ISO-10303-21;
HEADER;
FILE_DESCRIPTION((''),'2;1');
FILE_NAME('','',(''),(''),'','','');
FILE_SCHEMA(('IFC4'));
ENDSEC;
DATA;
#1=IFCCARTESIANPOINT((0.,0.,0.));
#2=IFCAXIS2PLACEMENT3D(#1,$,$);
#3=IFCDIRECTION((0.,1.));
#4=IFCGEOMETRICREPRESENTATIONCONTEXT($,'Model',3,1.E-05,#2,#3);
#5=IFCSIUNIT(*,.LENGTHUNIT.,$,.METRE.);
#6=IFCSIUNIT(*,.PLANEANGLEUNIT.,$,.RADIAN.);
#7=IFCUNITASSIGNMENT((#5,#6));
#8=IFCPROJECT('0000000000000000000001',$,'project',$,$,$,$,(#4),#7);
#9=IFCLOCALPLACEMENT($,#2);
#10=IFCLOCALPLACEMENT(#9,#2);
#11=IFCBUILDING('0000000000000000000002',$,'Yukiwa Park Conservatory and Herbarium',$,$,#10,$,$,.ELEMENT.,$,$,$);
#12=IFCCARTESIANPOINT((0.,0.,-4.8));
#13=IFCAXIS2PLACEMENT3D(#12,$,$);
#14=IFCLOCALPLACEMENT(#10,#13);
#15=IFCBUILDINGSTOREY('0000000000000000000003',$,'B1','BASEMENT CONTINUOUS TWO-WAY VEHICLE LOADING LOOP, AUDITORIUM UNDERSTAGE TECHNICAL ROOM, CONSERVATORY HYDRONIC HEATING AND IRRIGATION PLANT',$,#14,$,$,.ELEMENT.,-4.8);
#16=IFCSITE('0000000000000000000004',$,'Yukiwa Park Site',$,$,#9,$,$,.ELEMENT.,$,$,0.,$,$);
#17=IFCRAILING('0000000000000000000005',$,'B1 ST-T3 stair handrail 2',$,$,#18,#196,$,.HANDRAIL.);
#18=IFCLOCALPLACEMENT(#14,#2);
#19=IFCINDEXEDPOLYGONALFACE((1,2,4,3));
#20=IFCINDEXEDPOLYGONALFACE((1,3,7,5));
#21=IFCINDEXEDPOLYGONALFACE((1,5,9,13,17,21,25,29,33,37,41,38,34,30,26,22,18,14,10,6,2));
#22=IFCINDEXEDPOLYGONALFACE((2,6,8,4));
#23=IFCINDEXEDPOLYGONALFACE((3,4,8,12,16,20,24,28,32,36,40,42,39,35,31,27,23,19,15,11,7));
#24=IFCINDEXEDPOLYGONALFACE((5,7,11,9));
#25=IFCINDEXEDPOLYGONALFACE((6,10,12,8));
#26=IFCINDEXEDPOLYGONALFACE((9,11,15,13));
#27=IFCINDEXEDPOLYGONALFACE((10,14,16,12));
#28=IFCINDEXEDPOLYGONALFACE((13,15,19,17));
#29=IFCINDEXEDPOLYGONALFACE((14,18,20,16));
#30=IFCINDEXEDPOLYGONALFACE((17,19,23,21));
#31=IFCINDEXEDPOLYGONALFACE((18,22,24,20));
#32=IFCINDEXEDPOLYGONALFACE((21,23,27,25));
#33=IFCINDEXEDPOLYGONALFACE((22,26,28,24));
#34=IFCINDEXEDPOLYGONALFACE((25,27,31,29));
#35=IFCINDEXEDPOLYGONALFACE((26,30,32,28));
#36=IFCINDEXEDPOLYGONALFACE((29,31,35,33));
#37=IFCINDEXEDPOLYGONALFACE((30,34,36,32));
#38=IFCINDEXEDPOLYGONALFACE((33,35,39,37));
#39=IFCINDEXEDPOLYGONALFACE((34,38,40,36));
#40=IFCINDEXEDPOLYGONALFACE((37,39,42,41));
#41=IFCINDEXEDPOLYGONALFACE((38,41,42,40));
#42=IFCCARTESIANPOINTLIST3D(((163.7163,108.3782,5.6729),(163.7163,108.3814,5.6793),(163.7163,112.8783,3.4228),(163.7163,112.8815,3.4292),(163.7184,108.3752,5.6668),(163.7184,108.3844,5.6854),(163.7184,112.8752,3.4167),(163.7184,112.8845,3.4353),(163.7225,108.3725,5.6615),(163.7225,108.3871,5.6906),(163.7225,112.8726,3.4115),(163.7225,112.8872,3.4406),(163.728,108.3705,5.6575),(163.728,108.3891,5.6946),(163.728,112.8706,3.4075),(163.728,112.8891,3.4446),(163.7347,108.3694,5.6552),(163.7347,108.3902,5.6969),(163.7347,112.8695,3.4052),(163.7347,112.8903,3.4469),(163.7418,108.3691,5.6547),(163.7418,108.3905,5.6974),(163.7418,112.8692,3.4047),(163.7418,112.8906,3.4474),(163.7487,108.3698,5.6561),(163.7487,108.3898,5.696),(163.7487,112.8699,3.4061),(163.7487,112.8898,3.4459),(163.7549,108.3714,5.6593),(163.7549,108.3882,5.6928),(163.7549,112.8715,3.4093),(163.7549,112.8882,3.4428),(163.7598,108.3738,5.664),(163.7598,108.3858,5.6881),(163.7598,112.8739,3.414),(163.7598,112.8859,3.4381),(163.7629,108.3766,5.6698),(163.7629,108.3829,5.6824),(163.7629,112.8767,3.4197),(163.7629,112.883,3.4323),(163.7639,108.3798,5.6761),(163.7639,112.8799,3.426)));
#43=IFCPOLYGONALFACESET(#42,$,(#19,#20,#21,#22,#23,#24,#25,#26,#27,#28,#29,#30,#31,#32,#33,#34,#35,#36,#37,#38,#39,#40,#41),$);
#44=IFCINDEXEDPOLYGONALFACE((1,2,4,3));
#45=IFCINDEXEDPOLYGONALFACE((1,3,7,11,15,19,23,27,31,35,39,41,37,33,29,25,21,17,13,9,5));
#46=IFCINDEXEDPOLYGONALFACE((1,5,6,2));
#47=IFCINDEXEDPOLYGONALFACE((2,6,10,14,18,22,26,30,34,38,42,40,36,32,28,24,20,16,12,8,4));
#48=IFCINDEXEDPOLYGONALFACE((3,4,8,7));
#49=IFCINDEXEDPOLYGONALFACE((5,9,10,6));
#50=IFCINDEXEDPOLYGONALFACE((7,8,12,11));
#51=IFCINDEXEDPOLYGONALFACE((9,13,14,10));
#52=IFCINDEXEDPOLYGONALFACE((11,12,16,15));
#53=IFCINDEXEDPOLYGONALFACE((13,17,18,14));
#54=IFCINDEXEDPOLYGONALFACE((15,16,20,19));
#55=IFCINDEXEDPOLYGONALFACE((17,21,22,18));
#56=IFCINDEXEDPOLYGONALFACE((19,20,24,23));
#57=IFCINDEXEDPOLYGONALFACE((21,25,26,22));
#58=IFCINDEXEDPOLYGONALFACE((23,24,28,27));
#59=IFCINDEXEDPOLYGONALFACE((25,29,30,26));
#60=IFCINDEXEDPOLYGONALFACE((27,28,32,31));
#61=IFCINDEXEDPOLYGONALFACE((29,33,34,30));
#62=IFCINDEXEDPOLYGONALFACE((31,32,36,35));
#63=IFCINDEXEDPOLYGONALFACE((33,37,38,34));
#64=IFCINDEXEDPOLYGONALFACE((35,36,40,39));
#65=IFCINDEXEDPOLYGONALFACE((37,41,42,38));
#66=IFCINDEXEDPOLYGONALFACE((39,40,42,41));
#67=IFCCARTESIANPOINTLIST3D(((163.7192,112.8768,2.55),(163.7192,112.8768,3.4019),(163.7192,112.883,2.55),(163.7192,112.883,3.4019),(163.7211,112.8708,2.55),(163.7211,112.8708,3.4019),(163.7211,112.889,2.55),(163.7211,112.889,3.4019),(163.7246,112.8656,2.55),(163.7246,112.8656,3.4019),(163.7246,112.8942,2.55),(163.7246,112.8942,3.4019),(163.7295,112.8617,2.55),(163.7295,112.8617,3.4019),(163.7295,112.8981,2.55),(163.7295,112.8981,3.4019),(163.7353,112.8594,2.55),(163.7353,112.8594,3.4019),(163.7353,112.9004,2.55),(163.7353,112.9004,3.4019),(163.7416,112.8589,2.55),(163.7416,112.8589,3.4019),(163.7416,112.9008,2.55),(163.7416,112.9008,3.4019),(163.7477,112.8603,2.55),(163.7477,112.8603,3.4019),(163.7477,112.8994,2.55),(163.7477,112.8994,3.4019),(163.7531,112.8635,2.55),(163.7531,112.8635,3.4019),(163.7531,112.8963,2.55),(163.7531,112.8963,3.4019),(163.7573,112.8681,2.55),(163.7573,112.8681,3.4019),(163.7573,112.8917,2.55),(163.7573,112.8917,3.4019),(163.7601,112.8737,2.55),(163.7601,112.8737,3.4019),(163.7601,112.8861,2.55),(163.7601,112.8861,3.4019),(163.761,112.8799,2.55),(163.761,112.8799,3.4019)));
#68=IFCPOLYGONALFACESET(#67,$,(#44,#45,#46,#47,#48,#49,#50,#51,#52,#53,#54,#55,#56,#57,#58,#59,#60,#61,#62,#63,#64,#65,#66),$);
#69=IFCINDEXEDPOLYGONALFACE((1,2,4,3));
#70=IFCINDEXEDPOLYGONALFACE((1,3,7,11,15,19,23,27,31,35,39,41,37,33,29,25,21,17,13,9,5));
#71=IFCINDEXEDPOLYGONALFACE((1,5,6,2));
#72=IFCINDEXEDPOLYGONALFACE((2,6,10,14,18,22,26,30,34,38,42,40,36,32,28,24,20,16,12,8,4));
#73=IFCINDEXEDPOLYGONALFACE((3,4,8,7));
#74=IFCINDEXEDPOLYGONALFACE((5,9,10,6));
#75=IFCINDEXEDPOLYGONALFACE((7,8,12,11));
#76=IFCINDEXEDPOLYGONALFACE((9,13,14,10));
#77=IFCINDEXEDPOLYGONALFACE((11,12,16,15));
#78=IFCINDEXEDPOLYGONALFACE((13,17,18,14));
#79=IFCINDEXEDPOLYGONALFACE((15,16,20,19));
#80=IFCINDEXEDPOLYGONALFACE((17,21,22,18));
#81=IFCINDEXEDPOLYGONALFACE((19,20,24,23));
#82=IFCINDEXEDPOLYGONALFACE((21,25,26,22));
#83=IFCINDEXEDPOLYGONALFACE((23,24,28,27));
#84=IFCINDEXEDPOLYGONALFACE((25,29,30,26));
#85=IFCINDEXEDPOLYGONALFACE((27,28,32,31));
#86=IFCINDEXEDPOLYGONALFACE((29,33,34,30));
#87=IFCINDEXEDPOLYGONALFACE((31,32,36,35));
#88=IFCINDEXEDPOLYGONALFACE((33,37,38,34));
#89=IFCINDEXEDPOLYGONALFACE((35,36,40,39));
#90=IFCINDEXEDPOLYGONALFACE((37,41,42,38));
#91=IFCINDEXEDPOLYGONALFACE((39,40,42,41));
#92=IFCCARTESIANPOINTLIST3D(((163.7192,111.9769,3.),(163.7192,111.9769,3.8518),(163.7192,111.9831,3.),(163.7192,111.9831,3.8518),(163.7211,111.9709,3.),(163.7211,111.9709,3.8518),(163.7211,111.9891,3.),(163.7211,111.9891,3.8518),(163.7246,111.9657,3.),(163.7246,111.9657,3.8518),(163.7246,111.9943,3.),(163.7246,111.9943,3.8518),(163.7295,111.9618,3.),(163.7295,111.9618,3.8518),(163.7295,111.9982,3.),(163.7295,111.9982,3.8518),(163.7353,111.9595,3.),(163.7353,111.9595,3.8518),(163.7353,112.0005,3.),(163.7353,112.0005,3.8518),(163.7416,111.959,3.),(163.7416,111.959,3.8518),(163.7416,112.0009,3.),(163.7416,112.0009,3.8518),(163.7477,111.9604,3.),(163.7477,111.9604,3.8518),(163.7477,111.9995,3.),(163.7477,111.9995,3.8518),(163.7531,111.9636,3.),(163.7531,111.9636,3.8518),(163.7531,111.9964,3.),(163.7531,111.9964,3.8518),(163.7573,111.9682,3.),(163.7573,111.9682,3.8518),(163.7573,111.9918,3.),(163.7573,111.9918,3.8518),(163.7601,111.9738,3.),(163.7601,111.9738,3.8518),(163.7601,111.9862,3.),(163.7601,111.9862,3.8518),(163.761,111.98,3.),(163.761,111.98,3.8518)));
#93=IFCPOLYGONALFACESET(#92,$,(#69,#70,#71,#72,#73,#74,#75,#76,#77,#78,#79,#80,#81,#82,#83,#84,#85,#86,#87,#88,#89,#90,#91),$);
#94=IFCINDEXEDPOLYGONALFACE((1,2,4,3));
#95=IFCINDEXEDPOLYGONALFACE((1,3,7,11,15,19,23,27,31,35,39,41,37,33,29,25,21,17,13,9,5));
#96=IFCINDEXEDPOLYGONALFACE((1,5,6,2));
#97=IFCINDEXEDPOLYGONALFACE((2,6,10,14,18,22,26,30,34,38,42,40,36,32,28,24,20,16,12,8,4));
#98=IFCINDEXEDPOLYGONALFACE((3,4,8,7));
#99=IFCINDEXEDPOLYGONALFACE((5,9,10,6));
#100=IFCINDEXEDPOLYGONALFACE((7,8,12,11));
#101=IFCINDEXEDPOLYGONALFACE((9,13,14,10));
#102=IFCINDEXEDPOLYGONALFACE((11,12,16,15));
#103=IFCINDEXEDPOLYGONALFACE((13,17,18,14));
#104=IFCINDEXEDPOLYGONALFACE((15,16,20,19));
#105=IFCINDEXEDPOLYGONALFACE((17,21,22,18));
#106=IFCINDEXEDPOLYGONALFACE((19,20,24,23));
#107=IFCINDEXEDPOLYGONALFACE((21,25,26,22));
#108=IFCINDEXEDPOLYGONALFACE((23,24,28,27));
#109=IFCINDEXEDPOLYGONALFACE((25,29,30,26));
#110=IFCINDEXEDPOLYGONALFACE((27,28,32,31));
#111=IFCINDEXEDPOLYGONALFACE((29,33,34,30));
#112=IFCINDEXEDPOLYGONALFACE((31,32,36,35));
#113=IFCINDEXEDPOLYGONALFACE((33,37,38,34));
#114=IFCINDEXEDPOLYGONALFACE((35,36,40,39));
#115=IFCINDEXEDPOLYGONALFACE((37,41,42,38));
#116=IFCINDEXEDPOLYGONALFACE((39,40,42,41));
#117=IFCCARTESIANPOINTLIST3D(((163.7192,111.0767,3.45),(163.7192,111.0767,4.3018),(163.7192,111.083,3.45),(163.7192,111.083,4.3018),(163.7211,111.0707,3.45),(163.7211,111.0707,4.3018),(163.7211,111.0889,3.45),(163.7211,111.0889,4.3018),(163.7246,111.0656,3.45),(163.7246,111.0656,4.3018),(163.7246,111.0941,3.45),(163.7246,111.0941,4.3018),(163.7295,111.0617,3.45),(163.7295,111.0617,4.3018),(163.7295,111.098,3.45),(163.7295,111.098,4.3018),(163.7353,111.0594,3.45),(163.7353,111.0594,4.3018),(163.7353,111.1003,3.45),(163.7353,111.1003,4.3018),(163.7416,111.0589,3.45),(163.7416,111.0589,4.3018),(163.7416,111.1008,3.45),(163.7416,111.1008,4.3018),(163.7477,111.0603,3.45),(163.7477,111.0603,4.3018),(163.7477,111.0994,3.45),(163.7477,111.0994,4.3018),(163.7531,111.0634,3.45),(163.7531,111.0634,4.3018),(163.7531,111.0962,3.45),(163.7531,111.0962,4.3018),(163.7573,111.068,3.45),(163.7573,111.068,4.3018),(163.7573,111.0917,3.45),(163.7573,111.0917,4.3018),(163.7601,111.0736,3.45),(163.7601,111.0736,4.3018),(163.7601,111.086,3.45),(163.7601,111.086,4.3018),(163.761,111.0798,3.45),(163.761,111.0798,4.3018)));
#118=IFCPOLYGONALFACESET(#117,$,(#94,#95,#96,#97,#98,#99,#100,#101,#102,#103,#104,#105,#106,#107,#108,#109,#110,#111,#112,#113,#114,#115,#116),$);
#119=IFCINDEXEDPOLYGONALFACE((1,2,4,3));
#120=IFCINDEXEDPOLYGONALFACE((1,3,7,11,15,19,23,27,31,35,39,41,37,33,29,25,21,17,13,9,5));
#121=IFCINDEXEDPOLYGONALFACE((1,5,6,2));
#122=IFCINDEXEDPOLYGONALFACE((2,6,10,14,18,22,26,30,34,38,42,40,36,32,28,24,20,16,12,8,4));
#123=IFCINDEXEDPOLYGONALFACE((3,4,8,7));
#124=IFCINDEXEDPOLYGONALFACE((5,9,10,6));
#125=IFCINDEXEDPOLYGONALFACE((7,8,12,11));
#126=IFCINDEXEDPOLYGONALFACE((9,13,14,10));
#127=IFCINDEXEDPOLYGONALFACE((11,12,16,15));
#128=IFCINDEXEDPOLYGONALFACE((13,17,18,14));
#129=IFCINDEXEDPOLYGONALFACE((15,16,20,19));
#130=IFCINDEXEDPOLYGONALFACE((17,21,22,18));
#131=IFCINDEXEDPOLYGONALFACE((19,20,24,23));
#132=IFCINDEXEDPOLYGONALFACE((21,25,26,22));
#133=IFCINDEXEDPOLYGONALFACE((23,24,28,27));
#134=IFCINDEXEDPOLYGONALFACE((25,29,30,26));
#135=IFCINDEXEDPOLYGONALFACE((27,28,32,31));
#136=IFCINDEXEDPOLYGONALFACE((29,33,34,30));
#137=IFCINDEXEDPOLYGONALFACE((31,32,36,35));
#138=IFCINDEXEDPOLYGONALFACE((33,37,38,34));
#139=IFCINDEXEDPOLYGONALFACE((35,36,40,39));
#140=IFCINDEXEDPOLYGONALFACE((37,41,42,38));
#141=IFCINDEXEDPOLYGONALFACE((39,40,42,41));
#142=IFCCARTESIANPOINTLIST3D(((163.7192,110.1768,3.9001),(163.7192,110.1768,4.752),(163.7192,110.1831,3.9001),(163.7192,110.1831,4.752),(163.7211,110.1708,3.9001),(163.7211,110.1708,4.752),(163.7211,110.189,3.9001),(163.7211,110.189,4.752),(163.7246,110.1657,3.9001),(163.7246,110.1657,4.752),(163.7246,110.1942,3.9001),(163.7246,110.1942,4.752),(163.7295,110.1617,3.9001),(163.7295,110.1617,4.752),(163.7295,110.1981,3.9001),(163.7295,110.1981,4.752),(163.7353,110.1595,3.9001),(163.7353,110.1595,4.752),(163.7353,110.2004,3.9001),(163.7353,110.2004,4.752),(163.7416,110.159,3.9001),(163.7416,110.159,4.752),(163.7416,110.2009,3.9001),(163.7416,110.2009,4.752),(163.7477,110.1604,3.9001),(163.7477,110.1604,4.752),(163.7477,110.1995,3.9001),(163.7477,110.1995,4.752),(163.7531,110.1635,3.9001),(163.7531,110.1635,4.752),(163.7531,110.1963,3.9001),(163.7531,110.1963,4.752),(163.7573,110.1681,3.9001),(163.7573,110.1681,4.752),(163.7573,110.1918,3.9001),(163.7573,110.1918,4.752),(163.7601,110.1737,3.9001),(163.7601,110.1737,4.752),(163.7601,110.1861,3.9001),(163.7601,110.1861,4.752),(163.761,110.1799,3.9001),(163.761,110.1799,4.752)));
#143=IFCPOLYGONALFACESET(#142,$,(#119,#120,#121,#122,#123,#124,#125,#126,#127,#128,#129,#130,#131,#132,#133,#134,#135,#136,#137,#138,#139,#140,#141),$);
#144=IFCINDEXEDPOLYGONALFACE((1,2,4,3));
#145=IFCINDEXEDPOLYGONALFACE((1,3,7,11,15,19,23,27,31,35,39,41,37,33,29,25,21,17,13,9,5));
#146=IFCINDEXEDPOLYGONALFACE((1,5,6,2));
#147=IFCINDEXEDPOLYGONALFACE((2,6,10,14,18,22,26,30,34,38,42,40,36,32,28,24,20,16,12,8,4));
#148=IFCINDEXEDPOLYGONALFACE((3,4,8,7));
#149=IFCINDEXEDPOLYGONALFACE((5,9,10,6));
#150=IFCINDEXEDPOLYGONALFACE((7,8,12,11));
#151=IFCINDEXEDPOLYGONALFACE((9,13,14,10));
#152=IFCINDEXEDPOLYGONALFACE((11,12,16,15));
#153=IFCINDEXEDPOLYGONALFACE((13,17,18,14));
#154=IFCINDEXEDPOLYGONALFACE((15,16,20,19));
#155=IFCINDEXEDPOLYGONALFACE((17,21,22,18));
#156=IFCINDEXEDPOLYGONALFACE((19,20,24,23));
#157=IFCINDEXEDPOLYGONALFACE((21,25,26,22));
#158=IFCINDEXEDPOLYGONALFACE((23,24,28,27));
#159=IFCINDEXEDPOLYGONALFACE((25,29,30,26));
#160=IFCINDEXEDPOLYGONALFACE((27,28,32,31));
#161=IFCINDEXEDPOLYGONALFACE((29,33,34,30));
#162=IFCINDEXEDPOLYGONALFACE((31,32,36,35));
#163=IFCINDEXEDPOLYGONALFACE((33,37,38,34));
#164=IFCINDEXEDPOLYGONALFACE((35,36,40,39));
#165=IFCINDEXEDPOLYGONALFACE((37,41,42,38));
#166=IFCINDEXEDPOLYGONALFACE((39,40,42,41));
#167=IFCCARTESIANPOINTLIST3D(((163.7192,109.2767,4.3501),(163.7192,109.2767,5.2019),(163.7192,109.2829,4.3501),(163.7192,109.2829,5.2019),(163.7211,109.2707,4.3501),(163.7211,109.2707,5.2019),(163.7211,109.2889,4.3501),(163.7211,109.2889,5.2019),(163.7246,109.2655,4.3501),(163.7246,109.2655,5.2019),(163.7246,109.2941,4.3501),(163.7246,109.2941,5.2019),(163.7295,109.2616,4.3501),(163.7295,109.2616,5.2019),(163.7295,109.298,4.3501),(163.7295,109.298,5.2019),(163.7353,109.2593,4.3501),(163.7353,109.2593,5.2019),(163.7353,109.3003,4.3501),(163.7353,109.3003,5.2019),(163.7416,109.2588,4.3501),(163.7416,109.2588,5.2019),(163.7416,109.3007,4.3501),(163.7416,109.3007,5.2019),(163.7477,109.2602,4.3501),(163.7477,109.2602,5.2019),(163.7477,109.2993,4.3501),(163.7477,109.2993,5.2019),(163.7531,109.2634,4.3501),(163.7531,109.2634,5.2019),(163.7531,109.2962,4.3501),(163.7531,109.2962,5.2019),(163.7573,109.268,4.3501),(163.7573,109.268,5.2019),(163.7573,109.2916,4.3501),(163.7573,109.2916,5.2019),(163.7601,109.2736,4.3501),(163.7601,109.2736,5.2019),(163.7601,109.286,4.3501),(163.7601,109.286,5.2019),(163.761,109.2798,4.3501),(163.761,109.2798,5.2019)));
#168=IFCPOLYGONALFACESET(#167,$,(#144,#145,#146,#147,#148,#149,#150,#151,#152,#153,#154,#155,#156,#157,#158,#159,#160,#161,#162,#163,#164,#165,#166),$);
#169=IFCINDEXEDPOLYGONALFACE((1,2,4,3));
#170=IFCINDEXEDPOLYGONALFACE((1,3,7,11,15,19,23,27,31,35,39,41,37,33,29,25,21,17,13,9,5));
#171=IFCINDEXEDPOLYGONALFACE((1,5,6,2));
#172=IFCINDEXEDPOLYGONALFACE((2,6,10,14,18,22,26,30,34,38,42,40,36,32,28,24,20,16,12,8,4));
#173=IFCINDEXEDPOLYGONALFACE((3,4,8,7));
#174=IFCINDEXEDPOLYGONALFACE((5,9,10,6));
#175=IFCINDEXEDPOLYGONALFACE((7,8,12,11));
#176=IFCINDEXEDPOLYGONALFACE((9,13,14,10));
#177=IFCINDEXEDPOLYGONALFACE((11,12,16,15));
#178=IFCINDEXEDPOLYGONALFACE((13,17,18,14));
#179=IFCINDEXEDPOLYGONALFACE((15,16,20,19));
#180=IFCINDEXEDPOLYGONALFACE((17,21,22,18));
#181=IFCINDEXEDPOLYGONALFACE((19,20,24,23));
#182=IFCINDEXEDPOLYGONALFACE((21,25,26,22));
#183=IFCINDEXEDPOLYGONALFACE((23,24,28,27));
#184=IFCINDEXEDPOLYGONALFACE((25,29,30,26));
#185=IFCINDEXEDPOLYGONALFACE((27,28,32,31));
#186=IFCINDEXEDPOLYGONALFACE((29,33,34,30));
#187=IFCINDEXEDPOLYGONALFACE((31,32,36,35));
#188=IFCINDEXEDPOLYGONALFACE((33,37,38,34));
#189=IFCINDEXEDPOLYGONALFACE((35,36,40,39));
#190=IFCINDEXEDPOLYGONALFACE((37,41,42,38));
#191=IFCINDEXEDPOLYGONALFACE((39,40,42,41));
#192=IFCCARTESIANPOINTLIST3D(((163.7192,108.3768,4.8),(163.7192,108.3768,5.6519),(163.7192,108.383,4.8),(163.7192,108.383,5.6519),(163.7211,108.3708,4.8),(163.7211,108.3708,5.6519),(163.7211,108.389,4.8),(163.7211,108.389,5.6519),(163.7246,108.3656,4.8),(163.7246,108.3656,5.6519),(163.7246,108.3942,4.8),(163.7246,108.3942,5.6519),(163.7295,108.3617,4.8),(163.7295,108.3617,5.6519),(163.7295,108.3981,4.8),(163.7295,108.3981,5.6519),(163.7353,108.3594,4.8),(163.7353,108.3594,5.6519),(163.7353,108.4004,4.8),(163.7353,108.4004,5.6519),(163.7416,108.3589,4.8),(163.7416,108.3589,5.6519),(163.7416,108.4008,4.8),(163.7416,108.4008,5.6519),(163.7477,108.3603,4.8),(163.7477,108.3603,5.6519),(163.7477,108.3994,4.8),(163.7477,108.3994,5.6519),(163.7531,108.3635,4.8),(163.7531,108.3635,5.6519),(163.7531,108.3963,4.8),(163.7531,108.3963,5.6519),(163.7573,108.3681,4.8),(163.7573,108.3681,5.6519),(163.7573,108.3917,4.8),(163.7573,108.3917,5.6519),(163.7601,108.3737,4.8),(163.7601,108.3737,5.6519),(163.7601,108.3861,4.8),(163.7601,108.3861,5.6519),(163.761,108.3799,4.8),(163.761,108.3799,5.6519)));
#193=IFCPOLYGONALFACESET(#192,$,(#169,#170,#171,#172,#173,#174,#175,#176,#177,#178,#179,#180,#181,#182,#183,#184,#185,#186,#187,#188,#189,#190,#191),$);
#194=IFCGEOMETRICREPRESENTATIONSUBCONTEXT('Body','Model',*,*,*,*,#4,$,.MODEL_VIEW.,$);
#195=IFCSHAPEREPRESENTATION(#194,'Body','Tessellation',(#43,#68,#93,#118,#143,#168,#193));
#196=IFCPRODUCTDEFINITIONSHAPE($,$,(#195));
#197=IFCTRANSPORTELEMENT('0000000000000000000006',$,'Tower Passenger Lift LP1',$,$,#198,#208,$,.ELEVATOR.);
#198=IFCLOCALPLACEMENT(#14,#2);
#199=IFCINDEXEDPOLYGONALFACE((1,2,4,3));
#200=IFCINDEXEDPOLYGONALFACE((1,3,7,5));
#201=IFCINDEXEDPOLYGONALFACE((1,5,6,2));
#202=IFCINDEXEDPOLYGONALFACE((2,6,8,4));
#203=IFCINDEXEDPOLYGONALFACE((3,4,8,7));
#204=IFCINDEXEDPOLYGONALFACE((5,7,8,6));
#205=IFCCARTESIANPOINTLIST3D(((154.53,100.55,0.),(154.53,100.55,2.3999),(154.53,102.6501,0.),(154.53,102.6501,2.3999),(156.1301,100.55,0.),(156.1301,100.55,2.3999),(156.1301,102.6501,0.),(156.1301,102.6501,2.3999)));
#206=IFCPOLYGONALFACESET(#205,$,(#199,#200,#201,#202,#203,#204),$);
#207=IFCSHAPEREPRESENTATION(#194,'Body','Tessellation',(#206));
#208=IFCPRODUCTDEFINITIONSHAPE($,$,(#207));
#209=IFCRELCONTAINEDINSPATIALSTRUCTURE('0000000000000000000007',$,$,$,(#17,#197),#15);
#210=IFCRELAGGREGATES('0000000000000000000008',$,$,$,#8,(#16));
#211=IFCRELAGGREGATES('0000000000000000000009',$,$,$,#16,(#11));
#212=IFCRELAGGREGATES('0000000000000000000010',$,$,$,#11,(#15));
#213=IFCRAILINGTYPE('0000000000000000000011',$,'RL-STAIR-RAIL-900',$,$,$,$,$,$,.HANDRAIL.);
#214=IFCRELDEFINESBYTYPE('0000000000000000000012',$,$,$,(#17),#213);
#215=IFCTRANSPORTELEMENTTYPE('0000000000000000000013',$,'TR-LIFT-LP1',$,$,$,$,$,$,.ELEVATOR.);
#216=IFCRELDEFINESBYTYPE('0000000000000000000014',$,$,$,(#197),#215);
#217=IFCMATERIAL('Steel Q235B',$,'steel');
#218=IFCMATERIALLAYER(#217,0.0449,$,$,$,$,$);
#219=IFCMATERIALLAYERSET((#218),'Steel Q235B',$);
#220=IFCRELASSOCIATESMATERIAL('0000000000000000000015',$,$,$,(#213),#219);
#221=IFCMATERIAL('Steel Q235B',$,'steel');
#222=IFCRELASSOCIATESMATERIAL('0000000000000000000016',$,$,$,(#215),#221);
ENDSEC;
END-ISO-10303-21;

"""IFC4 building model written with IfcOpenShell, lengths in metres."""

from ifc_helpers import new_model, si_unit, direction, frame, origin, origin_2d, place, context, subcontext, project, spatial, rectangle, circle, extrude, material, layer, layer_set, type_object, element, save


model = new_model("IFC4")

# Units and contexts
model_context = context("Model", 3, precision=1e-05, world=origin(), true_north=direction((0.0, 1.0)))
body_context = subcontext(model_context, "Body", "Model", "MODEL_VIEW")
ifc_project = project(units=[si_unit("LENGTHUNIT", "METRE"), si_unit("PLANEANGLEUNIT", "RADIAN")], contexts=[model_context])

# Site, building, storey
site_placement = place(None, origin())
site = spatial("IfcSite", under=ifc_project, at=site_placement, Name="Yukiwa Park Site", CompositionType="ELEMENT", RefElevation=0.0)
building_placement = place(site_placement, origin())
building = spatial("IfcBuilding", under=site, at=building_placement, Name="Yukiwa Park Conservatory and Herbarium", CompositionType="ELEMENT")
storey_placement = place(building_placement, frame((0.0, 0.0, -4.8)))
storey = spatial("IfcBuildingStorey", under=building, at=storey_placement, Name="B1", Description="BASEMENT CONTINUOUS TWO-WAY VEHICLE LOADING LOOP, AUDITORIUM UNDERSTAGE TECHNICAL ROOM, CONSERVATORY HYDRONIC HEATING AND IRRIGATION PLANT", CompositionType="ELEMENT", Elevation=-4.8)

# Railing
ifc_material_1 = material(Name="Steel Q235B", Category="steel")
ifc_layer_1 = layer(ifc_material_1, 0.0449)
ifc_layer_set_1 = layer_set([ifc_layer_1], Name="Steel Q235B")
railing_type_1 = type_object("IfcRailingType", Name="RL-STAIR-RAIL-900", PredefinedType="HANDRAIL", material=ifc_layer_set_1)
railing_1_placement = place(storey_placement, frame((163.74, 112.8799, 2.55)))
element("IfcRailing", 1, at=railing_1_placement, inside=storey, type_object=railing_type_1, Name="B1 ST-T3 stair handrail 2", PredefinedType="HANDRAIL", context=body_context, shape_type="SweptSolid", body=[
    extrude(circle(Radius=0.0239, at=origin_2d()), frame((0.0, 0.0, 0.876), z_axis=(0.0, -0.894427, 0.447214), x_axis=(1.0, 0.0, 0.0)), (0.0, 0.0, 1.0), 5.0312),
    extrude(circle(Radius=0.021, at=origin_2d()), origin(), (0.0, 0.0, 1.0), 0.8518),
    extrude(circle(Radius=0.021, at=origin_2d()), frame((0.0, -0.8999, 0.45)), (0.0, 0.0, 1.0), 0.8518),
    extrude(circle(Radius=0.021, at=origin_2d()), frame((0.0, -1.8, 0.8999)), (0.0, 0.0, 1.0), 0.8518),
    extrude(circle(Radius=0.021, at=origin_2d()), frame((0.0, -2.7, 1.3501)), (0.0, 0.0, 1.0), 0.8518),
    extrude(circle(Radius=0.021, at=origin_2d()), frame((0.0, -3.6001, 1.8)), (0.0, 0.0, 1.0), 0.8518),
    extrude(circle(Radius=0.021, at=origin_2d()), frame((0.0, -4.5, 2.25)), (0.0, 0.0, 1.0), 0.8518),
])

# Transport element
ifc_material_2 = material(Name="Steel Q235B", Category="steel")
transport_element_type_1 = type_object("IfcTransportElementType", Name="TR-LIFT-LP1", PredefinedType="ELEVATOR", material=ifc_material_2)
transport_element_1_placement = place(storey_placement, frame((155.3301, 101.6001, 0.0), z_axis=(0.0, 0.0, 1.0), x_axis=(1.0, 0.0, 0.0)))
element("IfcTransportElement", 2, at=transport_element_1_placement, inside=storey, type_object=transport_element_type_1, Name="Tower Passenger Lift LP1", PredefinedType="ELEVATOR", context=body_context, shape_type="SweptSolid", body=[
    extrude(rectangle(XDim=1.6001, YDim=2.1001, at=origin_2d()), origin(), (0.0, 0.0, 1.0), 2.3999),
])

save(model, "model.ifc")
